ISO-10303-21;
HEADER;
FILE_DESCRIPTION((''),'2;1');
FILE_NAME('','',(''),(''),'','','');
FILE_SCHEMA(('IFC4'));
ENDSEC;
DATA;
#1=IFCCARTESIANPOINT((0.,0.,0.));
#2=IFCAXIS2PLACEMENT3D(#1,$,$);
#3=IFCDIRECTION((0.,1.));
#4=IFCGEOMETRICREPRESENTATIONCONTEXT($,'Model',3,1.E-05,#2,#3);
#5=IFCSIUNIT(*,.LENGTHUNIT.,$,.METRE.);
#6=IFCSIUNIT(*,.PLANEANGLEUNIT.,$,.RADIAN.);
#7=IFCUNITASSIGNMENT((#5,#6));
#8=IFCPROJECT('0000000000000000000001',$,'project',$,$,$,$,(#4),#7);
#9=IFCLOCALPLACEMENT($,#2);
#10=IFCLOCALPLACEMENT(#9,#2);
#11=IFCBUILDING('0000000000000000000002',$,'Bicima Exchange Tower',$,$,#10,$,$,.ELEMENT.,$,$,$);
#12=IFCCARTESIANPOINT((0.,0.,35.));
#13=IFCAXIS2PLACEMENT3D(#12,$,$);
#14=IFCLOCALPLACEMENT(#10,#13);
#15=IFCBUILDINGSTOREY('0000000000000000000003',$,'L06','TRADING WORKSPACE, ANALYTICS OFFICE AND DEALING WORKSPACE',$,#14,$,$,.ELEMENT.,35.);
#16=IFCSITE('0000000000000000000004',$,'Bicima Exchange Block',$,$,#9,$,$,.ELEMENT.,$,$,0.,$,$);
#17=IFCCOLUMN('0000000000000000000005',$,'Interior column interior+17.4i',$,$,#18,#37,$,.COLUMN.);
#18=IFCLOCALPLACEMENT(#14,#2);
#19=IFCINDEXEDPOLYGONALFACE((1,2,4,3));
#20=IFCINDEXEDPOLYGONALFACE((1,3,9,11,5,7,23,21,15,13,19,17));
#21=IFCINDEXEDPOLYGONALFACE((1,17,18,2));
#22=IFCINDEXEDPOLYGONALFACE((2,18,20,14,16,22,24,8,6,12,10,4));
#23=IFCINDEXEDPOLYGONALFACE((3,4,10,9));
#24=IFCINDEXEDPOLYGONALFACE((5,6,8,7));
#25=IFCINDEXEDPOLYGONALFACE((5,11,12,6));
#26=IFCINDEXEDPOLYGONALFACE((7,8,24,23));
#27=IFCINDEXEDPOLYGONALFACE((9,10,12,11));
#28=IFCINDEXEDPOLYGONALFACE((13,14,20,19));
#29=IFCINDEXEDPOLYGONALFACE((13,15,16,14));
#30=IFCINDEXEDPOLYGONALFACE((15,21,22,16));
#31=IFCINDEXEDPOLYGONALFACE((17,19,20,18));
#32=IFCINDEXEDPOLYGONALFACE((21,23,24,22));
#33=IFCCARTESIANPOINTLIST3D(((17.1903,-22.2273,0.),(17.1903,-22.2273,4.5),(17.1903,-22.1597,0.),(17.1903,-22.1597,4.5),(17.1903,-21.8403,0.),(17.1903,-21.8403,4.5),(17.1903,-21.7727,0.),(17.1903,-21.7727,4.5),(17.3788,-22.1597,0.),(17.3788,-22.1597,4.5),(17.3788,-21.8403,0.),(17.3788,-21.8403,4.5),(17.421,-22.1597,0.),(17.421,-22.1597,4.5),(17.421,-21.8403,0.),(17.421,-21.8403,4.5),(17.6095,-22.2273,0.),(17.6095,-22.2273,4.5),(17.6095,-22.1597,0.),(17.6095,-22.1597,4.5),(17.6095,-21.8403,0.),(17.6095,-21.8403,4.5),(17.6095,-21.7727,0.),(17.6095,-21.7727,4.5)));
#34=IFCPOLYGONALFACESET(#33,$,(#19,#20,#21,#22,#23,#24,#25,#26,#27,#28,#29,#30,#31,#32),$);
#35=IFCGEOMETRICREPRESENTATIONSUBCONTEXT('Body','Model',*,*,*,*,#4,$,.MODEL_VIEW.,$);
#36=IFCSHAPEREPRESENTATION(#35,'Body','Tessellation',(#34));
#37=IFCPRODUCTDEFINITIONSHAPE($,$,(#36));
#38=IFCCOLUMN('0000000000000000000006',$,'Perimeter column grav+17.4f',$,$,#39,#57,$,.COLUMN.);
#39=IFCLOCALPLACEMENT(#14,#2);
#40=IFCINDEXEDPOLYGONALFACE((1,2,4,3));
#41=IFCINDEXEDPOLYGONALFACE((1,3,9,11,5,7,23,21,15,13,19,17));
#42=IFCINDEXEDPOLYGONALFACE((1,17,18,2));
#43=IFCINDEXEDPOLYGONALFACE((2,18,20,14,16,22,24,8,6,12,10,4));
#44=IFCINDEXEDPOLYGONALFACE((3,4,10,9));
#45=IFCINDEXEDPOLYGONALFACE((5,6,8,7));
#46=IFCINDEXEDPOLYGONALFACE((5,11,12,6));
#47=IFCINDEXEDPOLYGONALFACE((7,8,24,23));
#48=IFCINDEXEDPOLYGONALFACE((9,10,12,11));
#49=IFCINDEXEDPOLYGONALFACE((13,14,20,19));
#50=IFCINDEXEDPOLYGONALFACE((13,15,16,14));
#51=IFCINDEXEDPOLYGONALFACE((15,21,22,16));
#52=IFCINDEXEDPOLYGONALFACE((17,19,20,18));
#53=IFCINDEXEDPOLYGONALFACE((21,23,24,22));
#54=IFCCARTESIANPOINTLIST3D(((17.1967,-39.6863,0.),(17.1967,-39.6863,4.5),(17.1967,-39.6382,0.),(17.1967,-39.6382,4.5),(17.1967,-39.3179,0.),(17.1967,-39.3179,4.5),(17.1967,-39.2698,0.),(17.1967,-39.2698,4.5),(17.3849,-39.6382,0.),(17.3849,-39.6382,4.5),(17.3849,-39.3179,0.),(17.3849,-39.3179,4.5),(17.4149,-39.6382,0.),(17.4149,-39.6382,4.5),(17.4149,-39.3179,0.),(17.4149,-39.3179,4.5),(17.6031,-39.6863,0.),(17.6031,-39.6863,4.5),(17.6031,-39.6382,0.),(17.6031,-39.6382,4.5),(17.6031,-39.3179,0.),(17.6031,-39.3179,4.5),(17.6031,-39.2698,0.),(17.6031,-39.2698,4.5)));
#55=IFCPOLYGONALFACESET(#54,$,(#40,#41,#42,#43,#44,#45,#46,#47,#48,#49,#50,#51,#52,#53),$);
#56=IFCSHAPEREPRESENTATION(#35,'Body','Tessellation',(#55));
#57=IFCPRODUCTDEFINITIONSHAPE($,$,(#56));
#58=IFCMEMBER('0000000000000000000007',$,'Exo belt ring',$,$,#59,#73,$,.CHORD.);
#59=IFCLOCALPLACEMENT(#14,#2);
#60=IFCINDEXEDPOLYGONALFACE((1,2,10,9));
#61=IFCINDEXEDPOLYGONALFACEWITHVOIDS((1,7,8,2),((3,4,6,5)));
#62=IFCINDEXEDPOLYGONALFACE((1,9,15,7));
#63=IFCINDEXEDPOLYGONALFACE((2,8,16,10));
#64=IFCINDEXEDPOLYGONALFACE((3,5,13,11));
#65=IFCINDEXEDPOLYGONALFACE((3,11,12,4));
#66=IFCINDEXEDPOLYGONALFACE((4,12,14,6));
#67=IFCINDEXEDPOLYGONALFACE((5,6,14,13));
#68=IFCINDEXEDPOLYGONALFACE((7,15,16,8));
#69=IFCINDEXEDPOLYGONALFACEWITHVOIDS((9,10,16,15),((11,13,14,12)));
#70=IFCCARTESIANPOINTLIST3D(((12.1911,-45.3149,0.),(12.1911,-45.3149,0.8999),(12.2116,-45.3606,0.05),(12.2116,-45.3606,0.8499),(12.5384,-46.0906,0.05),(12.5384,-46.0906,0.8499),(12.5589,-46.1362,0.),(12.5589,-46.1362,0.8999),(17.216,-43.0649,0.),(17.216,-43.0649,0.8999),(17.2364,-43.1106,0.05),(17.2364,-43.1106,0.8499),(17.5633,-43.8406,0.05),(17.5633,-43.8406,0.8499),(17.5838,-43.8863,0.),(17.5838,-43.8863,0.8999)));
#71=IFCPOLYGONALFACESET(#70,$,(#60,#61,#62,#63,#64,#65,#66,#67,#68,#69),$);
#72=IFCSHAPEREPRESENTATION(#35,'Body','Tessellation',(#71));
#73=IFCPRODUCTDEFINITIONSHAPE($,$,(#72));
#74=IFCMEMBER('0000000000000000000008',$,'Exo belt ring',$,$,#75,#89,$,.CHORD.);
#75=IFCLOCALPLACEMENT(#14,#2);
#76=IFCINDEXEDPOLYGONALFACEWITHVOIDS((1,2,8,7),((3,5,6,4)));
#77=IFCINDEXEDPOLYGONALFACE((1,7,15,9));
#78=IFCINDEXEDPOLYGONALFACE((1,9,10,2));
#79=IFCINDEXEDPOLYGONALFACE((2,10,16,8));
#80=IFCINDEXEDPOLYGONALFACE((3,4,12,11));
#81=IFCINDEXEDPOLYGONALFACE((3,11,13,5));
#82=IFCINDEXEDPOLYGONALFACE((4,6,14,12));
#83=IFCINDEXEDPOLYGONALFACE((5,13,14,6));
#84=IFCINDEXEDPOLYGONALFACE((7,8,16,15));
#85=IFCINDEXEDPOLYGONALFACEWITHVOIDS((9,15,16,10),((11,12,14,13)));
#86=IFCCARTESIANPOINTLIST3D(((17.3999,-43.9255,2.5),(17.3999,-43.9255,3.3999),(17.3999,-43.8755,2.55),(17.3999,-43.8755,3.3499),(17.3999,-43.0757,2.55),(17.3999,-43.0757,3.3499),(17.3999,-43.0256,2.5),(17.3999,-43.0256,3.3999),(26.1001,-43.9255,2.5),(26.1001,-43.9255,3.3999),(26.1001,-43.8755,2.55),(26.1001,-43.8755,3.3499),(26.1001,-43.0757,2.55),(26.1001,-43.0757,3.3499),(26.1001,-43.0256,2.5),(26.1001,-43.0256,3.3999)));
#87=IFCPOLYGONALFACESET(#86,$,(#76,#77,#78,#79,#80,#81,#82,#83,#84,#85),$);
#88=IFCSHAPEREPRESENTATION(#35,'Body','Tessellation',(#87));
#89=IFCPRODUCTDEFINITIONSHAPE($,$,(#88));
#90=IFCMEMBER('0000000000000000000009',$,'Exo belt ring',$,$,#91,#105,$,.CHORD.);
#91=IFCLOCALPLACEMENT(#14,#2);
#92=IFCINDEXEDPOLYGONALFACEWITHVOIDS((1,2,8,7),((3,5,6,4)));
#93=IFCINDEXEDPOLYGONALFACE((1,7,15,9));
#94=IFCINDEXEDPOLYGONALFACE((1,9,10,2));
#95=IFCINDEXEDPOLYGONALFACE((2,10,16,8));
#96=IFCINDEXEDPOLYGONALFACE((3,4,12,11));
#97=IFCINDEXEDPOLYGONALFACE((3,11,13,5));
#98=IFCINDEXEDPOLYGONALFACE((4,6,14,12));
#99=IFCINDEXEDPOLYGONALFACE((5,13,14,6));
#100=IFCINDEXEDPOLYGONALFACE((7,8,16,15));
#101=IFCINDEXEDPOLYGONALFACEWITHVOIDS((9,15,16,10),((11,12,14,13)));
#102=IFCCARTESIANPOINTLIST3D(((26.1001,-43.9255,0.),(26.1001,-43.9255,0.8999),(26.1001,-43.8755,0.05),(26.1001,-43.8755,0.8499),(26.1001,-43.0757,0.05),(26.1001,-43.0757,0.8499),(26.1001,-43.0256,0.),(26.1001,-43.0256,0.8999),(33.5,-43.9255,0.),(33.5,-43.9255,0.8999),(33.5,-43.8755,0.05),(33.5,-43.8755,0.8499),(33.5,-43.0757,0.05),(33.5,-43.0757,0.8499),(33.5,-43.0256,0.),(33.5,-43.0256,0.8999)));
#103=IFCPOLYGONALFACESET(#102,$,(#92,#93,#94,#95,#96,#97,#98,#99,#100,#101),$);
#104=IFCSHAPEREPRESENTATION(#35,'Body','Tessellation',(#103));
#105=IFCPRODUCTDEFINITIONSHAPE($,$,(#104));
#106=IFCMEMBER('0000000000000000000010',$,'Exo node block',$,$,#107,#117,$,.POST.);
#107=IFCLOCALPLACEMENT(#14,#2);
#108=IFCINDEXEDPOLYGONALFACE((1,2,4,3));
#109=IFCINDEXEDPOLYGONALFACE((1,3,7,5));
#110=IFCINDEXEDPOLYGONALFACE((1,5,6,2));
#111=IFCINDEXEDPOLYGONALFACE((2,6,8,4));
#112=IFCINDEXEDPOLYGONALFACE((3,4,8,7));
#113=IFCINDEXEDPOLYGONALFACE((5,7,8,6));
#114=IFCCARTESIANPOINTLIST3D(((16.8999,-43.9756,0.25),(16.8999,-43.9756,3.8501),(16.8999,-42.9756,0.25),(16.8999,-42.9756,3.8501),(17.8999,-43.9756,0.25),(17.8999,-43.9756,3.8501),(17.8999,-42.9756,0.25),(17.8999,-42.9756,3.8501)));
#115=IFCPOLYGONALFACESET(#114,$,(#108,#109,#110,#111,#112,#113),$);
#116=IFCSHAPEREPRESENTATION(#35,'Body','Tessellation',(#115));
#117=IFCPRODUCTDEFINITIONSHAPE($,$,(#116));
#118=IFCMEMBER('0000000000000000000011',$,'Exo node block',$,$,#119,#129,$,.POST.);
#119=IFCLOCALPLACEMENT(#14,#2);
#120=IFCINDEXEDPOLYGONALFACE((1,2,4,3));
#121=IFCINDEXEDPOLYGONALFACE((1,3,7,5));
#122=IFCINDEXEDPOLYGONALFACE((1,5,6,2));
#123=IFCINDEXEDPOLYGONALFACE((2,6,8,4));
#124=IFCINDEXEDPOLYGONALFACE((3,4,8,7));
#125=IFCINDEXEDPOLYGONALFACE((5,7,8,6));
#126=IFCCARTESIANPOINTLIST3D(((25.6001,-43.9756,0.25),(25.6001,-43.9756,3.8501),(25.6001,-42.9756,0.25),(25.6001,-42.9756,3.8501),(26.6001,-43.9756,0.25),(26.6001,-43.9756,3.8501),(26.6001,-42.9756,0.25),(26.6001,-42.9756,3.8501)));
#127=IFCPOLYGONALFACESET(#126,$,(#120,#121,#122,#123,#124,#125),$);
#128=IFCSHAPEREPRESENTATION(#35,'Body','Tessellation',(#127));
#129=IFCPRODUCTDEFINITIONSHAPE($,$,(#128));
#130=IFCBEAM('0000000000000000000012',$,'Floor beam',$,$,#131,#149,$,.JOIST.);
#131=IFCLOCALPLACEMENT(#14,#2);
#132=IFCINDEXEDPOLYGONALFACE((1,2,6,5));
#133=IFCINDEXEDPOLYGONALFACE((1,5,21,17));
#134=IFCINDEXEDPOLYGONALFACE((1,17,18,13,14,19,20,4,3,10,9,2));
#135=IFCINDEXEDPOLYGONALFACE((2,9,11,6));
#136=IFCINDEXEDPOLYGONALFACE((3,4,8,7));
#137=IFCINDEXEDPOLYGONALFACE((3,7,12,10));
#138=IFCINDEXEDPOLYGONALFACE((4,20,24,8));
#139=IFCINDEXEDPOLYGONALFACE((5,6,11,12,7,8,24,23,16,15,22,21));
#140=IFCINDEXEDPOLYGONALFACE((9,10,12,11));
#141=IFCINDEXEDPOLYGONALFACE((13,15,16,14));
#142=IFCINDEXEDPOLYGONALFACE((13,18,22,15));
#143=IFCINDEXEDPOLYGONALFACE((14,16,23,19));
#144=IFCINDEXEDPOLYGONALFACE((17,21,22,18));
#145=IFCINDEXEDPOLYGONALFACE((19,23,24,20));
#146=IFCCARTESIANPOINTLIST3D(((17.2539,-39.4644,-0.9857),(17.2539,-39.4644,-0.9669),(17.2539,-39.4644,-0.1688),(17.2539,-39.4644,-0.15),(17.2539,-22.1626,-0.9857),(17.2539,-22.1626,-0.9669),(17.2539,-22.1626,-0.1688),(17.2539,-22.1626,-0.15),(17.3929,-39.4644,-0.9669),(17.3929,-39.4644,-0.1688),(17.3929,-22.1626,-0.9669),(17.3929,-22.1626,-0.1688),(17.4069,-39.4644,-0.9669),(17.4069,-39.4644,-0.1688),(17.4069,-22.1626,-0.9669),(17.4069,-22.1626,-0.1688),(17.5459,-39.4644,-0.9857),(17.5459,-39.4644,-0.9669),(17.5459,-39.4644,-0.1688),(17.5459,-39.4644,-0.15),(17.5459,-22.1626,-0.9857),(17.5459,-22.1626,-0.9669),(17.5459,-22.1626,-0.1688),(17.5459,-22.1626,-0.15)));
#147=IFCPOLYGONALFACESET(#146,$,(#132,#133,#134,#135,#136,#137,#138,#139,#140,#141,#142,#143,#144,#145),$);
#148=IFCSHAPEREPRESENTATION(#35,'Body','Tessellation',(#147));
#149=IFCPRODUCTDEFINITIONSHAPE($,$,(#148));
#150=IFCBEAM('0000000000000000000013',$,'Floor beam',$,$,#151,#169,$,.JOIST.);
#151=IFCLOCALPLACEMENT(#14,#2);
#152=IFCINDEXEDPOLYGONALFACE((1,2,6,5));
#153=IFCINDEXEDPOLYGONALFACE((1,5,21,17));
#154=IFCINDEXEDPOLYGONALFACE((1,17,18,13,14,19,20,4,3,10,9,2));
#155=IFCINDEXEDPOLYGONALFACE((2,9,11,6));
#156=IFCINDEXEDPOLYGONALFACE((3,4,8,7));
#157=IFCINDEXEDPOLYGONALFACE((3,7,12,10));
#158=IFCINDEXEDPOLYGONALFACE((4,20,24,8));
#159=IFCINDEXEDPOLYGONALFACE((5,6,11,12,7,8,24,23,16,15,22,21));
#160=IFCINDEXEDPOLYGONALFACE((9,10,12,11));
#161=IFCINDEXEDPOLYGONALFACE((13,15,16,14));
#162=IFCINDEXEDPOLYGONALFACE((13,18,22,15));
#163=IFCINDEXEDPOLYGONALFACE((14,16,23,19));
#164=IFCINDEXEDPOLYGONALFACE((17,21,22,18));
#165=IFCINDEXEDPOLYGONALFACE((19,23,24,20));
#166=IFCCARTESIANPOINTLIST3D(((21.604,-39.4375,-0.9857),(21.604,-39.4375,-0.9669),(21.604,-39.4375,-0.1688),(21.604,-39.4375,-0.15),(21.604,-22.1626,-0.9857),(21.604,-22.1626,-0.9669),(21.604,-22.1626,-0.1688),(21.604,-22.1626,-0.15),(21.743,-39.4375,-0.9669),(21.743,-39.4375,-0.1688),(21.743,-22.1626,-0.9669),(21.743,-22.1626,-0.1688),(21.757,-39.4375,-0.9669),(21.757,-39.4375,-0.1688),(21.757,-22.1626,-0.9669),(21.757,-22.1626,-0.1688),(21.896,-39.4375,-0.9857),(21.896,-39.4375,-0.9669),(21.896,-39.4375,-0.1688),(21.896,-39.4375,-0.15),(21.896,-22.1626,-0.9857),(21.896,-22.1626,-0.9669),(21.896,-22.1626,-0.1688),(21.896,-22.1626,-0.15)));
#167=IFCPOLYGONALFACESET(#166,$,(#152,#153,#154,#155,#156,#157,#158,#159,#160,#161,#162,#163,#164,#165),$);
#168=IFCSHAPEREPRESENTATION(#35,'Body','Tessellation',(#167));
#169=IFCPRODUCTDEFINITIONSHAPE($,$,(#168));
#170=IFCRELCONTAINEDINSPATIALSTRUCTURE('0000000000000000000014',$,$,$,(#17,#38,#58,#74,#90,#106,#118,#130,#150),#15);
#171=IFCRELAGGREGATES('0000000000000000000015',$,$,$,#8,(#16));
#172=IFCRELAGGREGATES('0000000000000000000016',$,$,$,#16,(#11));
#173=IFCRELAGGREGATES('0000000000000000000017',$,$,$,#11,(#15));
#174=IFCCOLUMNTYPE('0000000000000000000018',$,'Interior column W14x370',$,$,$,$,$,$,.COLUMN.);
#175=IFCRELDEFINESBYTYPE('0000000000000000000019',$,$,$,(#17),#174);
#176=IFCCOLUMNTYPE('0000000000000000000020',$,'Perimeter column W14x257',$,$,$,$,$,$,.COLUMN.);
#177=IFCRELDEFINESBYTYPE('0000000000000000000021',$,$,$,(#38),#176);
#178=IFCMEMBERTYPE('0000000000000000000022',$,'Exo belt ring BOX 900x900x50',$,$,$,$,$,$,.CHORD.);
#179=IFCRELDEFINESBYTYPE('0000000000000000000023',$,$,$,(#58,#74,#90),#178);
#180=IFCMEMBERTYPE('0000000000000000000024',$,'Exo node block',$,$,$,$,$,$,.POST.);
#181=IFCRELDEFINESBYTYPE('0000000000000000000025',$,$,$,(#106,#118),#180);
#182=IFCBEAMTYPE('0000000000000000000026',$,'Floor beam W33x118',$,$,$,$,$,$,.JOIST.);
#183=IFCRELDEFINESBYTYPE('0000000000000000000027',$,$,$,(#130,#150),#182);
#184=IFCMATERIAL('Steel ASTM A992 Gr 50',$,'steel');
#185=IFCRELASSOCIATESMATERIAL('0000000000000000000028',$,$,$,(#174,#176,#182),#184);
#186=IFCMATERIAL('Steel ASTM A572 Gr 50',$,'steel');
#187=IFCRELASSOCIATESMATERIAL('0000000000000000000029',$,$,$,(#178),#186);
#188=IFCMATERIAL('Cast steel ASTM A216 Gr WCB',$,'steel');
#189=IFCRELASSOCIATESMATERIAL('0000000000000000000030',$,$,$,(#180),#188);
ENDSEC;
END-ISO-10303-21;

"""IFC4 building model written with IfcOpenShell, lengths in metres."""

from ifc_helpers import new_model, si_unit, direction, frame, origin, origin_2d, place, context, subcontext, project, spatial, rectangle, hollow_rectangle, i_section, extrude, material, material_profile, profile_set, type_object, element, save


model = new_model("IFC4")

# Units and contexts
model_context = context("Model", 3, precision=1e-05, world=origin(), true_north=direction((0.0, 1.0)))
body_context = subcontext(model_context, "Body", "Model", "MODEL_VIEW")
ifc_project = project(units=[si_unit("LENGTHUNIT", "METRE"), si_unit("PLANEANGLEUNIT", "RADIAN")], contexts=[model_context])

# Site, building, storey
site_placement = place(None, origin())
site = spatial("IfcSite", under=ifc_project, at=site_placement, Name="Bicima Exchange Block", CompositionType="ELEMENT", RefElevation=0.0)
building_placement = place(site_placement, origin())
building = spatial("IfcBuilding", under=site, at=building_placement, Name="Bicima Exchange Tower", CompositionType="ELEMENT")
storey_placement = place(building_placement, frame((0.0, 0.0, 35.0)))
storey = spatial("IfcBuildingStorey", under=building, at=storey_placement, Name="L06", Description="TRADING WORKSPACE, ANALYTICS OFFICE AND DEALING WORKSPACE", CompositionType="ELEMENT", Elevation=35.0)

# Columns
ifc_material_1 = material(Name="Steel ASTM A992 Gr 50", Category="steel")
ifc_material_profile_1 = material_profile(ifc_material_1, i_section(OverallWidth=0.4192, OverallDepth=0.4546, WebThickness=0.0422, FlangeThickness=0.0676, at=origin_2d()))
ifc_profile_set_1 = profile_set([ifc_material_profile_1], Name="Steel ASTM A992 Gr 50")
column_type_1 = type_object("IfcColumnType", Name="Interior column W14x370", PredefinedType="COLUMN", material=ifc_profile_set_1)
column_1_placement = place(storey_placement, frame((17.3999, -22.0, 0.0), z_axis=(0.0, 0.0, 1.0), x_axis=(1.0, 0.0, 0.0)))
element("IfcColumn", 1, at=column_1_placement, inside=storey, type_object=column_type_1, Name="Interior column interior+17.4i", PredefinedType="COLUMN", context=body_context, shape_type="SweptSolid", body=[
    extrude(i_section(OverallWidth=0.4192, OverallDepth=0.4546, WebThickness=0.0422, FlangeThickness=0.0676, at=origin_2d()), origin(), (0.0, 0.0, 1.0), 4.5),
])
ifc_material_profile_2 = material_profile(ifc_material_1, i_section(OverallWidth=0.4065, OverallDepth=0.4165, WebThickness=0.03, FlangeThickness=0.0481, at=origin_2d()))
ifc_profile_set_2 = profile_set([ifc_material_profile_2], Name="Steel ASTM A992 Gr 50")
column_type_2 = type_object("IfcColumnType", Name="Perimeter column W14x257", PredefinedType="COLUMN", material=ifc_profile_set_2)
column_2_placement = place(storey_placement, frame((17.3999, -39.478, 0.0), z_axis=(0.0, 0.0, 1.0), x_axis=(1.0, 0.0, 0.0)))
element("IfcColumn", 2, at=column_2_placement, inside=storey, type_object=column_type_2, Name="Perimeter column grav+17.4f", PredefinedType="COLUMN", context=body_context, shape_type="SweptSolid", body=[
    extrude(i_section(OverallWidth=0.4065, OverallDepth=0.4165, WebThickness=0.03, FlangeThickness=0.0481, at=origin_2d()), origin(), (0.0, 0.0, 1.0), 4.5),
])

# Members
ifc_material_2 = material(Name="Steel ASTM A572 Gr 50", Category="steel")
ifc_material_profile_3 = material_profile(ifc_material_2, hollow_rectangle(XDim=0.8999, YDim=0.8999, WallThickness=0.05, at=origin_2d()))
ifc_profile_set_3 = profile_set([ifc_material_profile_3], Name="Steel ASTM A572 Gr 50")
member_type_1 = type_object("IfcMemberType", Name="Exo belt ring BOX 900x900x50", PredefinedType="CHORD", material=ifc_profile_set_3)
member_1_placement = place(storey_placement, frame((12.375, -45.7256, 0.45), z_axis=(0.912682, 0.408671, 0.0), x_axis=(-0.408671, 0.912682, 0.0)))
element("IfcMember", 3, at=member_1_placement, inside=storey, type_object=member_type_1, Name="Exo belt ring", PredefinedType="CHORD", context=body_context, shape_type="SweptSolid", body=[
    extrude(hollow_rectangle(XDim=0.8999, YDim=0.8999, WallThickness=0.05, at=origin_2d()), origin(), (0.0, 0.0, 1.0), 5.5056),
])
member_2_placement = place(storey_placement, frame((17.3999, -43.4756, 2.95), z_axis=(1.0, 0.0, 0.0), x_axis=(0.0, 1.0, 0.0)))
element("IfcMember", 4, at=member_2_placement, inside=storey, type_object=member_type_1, Name="Exo belt ring", PredefinedType="CHORD", context=body_context, shape_type="SweptSolid", body=[
    extrude(hollow_rectangle(XDim=0.8999, YDim=0.8999, WallThickness=0.05, at=origin_2d()), origin(), (0.0, 0.0, 1.0), 8.7002),
])
member_3_placement = place(storey_placement, frame((26.1001, -43.4756, 0.45), z_axis=(1.0, 0.0, 0.0), x_axis=(0.0, 1.0, 0.0)))
element("IfcMember", 5, at=member_3_placement, inside=storey, type_object=member_type_1, Name="Exo belt ring", PredefinedType="CHORD", context=body_context, shape_type="SweptSolid", body=[
    extrude(hollow_rectangle(XDim=0.8999, YDim=0.8999, WallThickness=0.05, at=origin_2d()), origin(), (0.0, 0.0, 1.0), 7.3999),
])
ifc_material_3 = material(Name="Cast steel ASTM A216 Gr WCB", Category="steel")
ifc_material_profile_4 = material_profile(ifc_material_3, rectangle(XDim=1.0, YDim=1.0, at=origin_2d()))
ifc_profile_set_4 = profile_set([ifc_material_profile_4], Name="Cast steel ASTM A216 Gr WCB")
member_type_2 = type_object("IfcMemberType", Name="Exo node block", PredefinedType="POST", material=ifc_profile_set_4)
for number, where, z_axis, x_axis, name in (
    (6, (17.3999, -43.4756, 0.25), (0.0, 0.0, 1.0), (1.0, 0.0, 0.0), "Exo node block"),
    (7, (26.1001, -43.4756, 0.25), (0.0, 0.0, 1.0), (1.0, 0.0, 0.0), "Exo node block"),
):
    element("IfcMember", number, at=place(storey_placement, frame(where, z_axis=z_axis, x_axis=x_axis)), inside=storey, type_object=member_type_2, Name=name, PredefinedType="POST", context=body_context, shape_type="SweptSolid", body=[
        extrude(rectangle(XDim=1.0, YDim=1.0, at=origin_2d()), origin(), (0.0, 0.0, 1.0), 3.6001),
    ])

# Beams
ifc_material_profile_5 = material_profile(ifc_material_1, i_section(OverallWidth=0.292, OverallDepth=0.8357, WebThickness=0.0139, FlangeThickness=0.0188, at=origin_2d()))
ifc_profile_set_5 = profile_set([ifc_material_profile_5], Name="Steel ASTM A992 Gr 50")
beam_type_1 = type_object("IfcBeamType", Name="Floor beam W33x118", PredefinedType="JOIST", material=ifc_profile_set_5)
beam_1_placement = place(storey_placement, frame((17.3999, -22.1626, -0.5679), z_axis=(0.0, -1.0, 0.0), x_axis=(1.0, 0.0, 0.0)))
element("IfcBeam", 8, at=beam_1_placement, inside=storey, type_object=beam_type_1, Name="Floor beam", PredefinedType="JOIST", context=body_context, shape_type="SweptSolid", body=[
    extrude(i_section(OverallWidth=0.292, OverallDepth=0.8357, WebThickness=0.0139, FlangeThickness=0.0188, at=origin_2d()), origin(), (0.0, 0.0, 1.0), 17.3018),
])
beam_2_placement = place(storey_placement, frame((21.75, -22.1626, -0.5679), z_axis=(0.0, -1.0, 0.0), x_axis=(1.0, 0.0, 0.0)))
element("IfcBeam", 9, at=beam_2_placement, inside=storey, type_object=beam_type_1, Name="Floor beam", PredefinedType="JOIST", context=body_context, shape_type="SweptSolid", body=[
    extrude(i_section(OverallWidth=0.292, OverallDepth=0.8357, WebThickness=0.0139, FlangeThickness=0.0188, at=origin_2d()), origin(), (0.0, 0.0, 1.0), 17.2749),
])

save(model, "model.ifc")
